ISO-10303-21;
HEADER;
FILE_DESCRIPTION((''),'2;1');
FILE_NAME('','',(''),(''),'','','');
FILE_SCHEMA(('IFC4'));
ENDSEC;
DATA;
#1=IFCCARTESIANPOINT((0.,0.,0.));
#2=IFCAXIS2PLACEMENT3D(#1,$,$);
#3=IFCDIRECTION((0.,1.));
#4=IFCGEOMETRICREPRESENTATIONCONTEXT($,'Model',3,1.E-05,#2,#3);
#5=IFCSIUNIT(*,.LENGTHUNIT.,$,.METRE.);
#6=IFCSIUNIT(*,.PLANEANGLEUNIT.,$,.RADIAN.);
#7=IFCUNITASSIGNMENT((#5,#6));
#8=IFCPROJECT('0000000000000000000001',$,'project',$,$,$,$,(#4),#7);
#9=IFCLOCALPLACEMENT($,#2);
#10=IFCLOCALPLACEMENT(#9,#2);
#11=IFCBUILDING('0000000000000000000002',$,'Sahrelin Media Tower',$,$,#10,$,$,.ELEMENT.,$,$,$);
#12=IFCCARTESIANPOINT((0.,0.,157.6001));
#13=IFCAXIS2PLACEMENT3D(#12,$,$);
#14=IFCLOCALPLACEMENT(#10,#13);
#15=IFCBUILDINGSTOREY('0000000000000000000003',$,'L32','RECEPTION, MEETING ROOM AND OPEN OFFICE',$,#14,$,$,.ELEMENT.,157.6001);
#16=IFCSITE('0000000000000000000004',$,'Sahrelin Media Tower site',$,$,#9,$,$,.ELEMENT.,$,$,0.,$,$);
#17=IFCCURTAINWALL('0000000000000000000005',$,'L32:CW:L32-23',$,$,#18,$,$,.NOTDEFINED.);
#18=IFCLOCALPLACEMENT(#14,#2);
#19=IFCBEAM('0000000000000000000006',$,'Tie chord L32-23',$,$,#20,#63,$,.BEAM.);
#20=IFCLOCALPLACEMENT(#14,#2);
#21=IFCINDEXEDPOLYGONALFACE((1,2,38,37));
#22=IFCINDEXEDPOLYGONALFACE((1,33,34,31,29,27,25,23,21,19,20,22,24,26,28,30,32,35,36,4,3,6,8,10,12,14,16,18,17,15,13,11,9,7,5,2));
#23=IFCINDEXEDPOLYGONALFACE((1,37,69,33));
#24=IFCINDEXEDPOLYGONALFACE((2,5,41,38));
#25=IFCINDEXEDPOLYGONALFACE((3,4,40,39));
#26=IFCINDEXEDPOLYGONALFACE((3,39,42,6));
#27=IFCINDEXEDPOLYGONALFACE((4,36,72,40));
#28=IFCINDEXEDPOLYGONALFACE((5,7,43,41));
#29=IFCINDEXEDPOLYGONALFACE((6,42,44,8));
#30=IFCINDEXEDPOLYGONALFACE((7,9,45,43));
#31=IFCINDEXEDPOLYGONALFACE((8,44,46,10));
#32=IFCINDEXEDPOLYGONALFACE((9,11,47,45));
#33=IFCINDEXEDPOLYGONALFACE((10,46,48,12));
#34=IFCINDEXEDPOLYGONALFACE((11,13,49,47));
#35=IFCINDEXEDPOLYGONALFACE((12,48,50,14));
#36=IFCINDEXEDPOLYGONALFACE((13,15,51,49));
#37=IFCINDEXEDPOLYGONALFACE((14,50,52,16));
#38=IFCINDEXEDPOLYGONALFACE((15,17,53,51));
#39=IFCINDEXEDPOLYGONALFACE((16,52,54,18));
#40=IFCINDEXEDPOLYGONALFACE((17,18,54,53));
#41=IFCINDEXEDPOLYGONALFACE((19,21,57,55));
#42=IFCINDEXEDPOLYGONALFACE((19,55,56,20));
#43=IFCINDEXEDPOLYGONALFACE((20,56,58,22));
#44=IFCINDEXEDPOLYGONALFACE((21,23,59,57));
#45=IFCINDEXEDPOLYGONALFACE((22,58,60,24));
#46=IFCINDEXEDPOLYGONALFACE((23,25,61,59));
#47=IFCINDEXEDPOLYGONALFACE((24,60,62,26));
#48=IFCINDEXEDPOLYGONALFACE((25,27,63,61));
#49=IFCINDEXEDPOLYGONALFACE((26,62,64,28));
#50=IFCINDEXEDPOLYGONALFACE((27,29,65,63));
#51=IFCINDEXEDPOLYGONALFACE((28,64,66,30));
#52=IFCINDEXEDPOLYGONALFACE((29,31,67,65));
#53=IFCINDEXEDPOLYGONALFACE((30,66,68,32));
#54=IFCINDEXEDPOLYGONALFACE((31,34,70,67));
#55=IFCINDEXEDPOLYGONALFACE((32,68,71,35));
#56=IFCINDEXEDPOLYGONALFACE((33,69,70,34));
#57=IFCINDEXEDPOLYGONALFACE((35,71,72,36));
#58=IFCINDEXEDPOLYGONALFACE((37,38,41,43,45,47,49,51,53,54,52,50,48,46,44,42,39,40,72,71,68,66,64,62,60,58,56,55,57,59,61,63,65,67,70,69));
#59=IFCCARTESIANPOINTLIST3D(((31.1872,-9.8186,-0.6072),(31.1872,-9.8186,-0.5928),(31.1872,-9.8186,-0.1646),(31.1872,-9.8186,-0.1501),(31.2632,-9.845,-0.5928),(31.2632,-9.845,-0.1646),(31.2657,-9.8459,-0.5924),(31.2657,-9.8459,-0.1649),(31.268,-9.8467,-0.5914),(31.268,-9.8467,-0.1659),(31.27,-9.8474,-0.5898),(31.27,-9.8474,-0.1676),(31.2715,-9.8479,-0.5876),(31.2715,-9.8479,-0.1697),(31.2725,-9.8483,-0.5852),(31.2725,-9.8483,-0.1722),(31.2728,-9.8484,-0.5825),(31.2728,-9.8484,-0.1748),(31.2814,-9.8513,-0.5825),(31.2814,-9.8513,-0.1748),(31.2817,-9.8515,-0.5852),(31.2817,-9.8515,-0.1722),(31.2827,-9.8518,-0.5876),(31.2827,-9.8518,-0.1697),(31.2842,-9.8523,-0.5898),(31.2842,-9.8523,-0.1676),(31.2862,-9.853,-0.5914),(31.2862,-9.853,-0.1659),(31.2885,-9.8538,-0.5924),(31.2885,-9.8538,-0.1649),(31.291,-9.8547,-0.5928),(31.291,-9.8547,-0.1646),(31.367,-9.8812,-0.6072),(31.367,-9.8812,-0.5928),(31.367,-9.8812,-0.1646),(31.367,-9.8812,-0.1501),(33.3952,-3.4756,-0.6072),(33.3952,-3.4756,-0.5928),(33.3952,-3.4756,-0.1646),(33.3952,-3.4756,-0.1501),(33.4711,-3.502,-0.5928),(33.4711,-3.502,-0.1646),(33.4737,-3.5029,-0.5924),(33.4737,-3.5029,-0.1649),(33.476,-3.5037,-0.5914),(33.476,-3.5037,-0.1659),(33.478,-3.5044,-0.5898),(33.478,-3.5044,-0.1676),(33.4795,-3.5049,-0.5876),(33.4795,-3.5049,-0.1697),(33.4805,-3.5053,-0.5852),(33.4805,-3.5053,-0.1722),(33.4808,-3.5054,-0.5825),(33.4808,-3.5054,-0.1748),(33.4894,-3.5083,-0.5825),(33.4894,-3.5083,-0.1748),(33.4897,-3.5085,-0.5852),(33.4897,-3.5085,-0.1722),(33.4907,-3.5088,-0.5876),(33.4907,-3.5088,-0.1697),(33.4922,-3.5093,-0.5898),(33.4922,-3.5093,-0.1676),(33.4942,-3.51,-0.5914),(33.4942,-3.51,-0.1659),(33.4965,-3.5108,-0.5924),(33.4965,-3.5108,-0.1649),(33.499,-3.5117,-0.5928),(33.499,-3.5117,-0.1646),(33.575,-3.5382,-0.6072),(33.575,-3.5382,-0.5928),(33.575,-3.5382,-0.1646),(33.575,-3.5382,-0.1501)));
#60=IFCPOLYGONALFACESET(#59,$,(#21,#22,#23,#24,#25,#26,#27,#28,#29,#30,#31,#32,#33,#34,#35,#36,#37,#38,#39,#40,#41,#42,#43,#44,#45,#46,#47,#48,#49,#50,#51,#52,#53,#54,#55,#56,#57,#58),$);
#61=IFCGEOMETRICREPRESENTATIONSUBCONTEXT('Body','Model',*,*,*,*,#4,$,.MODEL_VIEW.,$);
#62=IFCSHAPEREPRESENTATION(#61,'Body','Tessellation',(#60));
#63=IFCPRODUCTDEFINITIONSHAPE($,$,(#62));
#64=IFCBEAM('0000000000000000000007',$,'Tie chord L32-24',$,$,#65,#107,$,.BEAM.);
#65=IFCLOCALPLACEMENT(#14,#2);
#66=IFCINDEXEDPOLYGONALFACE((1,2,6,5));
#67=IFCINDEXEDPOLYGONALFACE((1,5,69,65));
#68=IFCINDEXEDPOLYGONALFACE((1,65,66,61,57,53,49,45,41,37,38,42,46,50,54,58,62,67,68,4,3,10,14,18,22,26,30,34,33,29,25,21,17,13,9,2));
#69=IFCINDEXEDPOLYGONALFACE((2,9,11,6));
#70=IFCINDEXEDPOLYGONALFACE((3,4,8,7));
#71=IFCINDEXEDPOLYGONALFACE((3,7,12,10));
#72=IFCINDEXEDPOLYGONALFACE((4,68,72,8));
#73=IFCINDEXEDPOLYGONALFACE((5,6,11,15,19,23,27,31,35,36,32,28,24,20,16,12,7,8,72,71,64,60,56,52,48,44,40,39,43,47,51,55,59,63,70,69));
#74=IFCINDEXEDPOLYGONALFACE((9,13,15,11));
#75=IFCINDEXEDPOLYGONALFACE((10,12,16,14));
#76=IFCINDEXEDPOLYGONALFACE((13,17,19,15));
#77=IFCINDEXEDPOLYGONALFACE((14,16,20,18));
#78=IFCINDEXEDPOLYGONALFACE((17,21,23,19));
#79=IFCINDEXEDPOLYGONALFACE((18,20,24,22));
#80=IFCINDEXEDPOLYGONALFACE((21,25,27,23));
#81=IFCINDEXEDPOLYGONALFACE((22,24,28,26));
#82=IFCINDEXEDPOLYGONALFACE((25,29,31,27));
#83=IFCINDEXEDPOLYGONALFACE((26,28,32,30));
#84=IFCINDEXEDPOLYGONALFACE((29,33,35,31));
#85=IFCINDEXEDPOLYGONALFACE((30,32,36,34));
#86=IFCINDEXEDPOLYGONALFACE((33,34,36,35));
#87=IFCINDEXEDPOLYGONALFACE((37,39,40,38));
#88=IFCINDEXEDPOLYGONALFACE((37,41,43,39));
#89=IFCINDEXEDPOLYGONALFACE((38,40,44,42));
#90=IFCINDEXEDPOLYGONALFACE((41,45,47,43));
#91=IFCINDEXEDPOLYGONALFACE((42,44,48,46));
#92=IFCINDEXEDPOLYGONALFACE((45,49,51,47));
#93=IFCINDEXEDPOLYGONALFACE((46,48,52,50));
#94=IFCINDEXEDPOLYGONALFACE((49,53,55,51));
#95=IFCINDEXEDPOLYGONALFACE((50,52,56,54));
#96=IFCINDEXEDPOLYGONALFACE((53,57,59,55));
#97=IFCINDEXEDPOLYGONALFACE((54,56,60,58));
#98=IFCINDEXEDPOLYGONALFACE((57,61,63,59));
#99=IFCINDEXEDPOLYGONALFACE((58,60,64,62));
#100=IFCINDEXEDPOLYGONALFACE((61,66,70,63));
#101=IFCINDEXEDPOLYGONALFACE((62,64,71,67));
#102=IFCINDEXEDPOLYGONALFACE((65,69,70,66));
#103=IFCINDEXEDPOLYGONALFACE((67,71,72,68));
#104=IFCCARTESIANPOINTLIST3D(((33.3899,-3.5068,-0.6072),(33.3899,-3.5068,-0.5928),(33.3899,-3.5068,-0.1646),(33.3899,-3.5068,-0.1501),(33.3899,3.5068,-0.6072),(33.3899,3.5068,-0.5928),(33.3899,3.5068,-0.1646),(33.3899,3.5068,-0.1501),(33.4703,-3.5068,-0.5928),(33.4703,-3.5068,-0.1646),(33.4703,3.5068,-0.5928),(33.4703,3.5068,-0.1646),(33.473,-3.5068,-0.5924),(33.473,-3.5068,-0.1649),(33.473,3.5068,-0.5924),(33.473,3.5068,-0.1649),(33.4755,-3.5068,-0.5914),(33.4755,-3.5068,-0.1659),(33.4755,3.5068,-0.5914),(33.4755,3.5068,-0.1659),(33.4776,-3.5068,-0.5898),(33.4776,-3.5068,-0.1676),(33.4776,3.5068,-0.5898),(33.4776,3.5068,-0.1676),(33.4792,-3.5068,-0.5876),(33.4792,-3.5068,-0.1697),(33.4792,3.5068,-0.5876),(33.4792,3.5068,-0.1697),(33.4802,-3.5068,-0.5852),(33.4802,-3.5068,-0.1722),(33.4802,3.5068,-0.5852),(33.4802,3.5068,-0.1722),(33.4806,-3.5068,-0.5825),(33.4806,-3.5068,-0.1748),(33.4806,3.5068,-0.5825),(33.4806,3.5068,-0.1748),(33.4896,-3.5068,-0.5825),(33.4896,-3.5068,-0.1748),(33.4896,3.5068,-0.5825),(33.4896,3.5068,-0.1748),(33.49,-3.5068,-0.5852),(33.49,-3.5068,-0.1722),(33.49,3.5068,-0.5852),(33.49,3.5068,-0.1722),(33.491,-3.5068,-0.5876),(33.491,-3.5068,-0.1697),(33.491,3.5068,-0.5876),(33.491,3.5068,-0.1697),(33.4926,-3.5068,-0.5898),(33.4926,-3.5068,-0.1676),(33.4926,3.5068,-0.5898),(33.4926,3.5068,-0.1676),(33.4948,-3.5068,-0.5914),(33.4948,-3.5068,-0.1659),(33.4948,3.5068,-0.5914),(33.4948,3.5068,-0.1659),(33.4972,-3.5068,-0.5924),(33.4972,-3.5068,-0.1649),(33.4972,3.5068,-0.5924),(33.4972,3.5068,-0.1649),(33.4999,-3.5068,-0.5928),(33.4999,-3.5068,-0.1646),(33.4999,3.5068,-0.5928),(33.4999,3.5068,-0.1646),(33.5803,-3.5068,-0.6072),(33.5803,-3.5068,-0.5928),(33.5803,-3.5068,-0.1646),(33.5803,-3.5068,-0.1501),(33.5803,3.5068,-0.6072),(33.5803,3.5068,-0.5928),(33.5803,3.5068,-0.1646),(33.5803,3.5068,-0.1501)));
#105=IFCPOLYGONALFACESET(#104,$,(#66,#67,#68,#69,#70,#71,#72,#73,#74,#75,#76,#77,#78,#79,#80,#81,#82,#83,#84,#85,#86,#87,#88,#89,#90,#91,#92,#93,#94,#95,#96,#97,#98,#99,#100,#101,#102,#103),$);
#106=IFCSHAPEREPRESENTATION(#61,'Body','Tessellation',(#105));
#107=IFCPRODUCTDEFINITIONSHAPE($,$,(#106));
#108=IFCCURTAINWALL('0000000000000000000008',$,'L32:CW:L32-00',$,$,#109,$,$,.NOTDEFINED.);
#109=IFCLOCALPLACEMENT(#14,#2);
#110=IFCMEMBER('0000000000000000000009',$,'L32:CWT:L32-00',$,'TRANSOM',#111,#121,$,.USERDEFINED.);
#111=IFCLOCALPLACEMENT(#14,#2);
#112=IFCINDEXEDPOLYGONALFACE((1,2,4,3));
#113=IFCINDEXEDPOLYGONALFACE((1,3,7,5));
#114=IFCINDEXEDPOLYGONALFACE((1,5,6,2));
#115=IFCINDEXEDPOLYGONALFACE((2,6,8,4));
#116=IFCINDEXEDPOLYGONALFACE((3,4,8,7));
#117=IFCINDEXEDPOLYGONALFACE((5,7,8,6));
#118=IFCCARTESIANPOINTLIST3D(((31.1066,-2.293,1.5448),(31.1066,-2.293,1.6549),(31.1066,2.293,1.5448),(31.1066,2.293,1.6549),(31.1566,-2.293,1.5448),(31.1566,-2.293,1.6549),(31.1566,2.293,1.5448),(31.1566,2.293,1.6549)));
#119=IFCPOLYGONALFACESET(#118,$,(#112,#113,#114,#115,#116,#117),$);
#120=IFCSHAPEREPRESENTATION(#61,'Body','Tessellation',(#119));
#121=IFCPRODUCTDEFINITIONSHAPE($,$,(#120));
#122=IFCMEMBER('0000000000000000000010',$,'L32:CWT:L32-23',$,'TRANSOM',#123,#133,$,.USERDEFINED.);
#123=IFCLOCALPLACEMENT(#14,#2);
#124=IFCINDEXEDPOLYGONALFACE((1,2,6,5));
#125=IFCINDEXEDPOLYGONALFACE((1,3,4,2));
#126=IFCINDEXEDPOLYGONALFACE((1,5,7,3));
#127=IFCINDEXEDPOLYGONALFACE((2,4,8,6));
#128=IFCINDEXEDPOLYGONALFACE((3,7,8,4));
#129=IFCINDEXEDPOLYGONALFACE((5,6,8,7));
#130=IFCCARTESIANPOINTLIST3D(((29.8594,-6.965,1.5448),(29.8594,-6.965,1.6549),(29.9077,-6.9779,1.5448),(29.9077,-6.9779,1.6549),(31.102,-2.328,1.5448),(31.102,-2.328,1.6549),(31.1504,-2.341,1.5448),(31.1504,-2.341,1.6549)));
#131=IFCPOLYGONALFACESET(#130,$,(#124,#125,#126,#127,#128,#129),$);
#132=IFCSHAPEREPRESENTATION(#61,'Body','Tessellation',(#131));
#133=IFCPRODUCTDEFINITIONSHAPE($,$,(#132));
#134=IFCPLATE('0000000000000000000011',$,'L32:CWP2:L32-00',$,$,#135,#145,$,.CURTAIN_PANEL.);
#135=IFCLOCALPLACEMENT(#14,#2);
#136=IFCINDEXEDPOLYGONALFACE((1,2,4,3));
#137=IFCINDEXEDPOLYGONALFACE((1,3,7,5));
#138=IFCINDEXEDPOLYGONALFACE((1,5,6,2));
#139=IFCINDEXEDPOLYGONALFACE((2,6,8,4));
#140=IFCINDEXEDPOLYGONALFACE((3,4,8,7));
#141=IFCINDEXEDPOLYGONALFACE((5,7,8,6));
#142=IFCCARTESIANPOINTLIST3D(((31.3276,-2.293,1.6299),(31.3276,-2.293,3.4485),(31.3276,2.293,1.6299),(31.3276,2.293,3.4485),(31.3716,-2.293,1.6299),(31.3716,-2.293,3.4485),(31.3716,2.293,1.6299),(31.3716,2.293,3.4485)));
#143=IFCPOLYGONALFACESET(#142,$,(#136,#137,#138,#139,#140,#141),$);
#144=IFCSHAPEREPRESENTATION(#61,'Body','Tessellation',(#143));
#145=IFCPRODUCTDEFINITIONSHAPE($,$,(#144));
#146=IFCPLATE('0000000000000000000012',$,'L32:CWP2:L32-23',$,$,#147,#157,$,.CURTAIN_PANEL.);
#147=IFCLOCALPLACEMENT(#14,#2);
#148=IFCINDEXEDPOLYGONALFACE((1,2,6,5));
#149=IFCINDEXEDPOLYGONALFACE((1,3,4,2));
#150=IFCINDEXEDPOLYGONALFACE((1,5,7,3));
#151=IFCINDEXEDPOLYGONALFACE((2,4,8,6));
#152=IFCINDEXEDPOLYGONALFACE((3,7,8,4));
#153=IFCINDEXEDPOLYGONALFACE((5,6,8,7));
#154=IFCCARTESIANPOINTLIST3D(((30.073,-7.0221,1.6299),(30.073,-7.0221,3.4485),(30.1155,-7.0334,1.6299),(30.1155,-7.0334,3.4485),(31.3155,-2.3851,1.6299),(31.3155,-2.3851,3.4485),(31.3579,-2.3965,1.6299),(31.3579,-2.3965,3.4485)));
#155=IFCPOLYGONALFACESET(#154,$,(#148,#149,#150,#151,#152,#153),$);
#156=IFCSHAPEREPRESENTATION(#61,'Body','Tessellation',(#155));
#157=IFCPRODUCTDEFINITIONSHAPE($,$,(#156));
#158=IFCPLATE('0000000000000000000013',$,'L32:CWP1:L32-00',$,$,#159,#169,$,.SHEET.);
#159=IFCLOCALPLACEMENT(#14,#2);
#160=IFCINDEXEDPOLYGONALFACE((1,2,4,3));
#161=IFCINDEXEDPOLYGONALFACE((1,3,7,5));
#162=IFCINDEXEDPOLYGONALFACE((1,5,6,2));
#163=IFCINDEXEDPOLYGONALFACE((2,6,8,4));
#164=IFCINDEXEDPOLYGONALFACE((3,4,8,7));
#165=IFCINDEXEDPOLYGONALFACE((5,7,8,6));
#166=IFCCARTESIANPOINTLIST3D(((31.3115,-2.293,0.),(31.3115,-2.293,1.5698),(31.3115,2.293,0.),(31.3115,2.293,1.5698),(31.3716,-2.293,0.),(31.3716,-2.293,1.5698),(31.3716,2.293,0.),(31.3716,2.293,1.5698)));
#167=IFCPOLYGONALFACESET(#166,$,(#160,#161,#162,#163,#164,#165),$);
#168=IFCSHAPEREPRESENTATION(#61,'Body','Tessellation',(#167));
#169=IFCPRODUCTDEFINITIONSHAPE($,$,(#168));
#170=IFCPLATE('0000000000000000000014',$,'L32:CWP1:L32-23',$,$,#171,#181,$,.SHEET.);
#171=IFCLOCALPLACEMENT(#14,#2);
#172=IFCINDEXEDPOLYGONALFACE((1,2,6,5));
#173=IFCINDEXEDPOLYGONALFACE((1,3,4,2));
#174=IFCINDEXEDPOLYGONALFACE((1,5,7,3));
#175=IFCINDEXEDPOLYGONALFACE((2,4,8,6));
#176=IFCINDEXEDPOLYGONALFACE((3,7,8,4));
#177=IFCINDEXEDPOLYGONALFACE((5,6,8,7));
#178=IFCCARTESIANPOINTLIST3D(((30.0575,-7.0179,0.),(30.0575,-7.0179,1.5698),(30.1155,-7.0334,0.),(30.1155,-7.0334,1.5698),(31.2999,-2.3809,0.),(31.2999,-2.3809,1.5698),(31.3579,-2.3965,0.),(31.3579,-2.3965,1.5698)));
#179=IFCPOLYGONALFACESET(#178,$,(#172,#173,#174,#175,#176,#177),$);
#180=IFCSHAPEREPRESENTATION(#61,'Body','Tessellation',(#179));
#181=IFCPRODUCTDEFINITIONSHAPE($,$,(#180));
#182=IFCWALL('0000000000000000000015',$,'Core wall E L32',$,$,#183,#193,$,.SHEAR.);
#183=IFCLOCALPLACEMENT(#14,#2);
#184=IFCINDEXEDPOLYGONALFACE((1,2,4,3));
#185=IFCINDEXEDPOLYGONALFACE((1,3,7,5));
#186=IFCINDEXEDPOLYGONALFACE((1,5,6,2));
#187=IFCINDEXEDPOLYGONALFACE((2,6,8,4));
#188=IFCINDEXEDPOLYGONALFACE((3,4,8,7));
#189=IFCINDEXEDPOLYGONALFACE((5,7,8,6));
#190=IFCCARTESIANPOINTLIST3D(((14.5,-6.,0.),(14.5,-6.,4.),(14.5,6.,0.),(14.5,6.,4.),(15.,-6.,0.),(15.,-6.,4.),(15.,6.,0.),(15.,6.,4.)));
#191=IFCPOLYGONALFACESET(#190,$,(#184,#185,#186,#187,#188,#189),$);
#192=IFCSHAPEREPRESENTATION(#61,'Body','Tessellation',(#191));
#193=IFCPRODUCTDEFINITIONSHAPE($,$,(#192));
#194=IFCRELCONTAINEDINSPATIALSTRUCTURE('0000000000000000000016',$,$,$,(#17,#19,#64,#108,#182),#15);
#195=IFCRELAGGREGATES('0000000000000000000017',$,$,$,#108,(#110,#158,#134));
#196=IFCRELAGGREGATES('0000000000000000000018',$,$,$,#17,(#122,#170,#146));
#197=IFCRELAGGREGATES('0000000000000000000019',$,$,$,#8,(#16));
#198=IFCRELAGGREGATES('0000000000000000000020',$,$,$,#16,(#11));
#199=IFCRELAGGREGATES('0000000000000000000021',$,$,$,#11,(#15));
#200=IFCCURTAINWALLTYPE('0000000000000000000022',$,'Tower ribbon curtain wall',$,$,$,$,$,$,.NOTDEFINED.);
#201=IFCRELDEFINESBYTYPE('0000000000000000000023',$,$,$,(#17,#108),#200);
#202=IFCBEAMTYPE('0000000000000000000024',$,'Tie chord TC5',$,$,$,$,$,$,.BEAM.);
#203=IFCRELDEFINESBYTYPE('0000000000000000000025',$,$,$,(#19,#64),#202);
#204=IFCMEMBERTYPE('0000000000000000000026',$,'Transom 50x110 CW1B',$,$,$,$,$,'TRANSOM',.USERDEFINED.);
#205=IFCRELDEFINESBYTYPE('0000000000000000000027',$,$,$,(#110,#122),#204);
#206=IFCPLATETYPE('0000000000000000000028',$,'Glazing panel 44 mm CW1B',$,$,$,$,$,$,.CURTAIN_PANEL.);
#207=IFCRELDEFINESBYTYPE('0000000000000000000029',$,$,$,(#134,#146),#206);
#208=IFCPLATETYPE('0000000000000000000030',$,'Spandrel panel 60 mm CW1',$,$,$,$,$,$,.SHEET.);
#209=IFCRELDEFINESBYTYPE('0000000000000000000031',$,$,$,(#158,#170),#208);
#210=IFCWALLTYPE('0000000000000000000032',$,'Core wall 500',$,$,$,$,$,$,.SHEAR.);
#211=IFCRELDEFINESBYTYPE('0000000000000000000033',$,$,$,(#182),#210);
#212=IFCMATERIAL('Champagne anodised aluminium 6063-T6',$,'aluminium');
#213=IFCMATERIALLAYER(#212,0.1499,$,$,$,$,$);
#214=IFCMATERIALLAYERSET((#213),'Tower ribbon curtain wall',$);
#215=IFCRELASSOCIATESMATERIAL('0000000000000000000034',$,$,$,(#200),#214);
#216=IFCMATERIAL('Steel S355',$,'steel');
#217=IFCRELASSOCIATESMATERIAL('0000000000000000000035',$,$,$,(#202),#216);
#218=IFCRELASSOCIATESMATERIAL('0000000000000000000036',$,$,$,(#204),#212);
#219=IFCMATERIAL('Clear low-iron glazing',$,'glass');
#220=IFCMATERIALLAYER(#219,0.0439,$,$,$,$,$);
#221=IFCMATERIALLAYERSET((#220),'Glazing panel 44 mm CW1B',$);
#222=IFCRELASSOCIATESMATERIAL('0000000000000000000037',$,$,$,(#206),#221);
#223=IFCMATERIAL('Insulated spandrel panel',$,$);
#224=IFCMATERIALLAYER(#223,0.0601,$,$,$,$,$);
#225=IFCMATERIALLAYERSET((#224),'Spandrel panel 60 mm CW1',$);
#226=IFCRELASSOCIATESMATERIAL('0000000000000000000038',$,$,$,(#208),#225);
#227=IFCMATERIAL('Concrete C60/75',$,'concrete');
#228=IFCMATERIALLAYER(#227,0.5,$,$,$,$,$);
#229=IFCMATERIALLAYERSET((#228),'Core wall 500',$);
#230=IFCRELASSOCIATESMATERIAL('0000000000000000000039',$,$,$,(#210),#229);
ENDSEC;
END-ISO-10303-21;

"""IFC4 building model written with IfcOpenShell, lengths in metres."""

from ifc_helpers import new_model, si_unit, direction, frame, frame_2d, origin, origin_2d, place, context, subcontext, project, spatial, polyline, rectangle, i_section, outline, extrude, material, layer, layer_set, material_profile, profile_set, type_object, element, aggregate, save


model = new_model("IFC4")

# Units and contexts
model_context = context("Model", 3, precision=1e-05, world=origin(), true_north=direction((0.0, 1.0)))
body_context = subcontext(model_context, "Body", "Model", "MODEL_VIEW")
ifc_project = project(units=[si_unit("LENGTHUNIT", "METRE"), si_unit("PLANEANGLEUNIT", "RADIAN")], contexts=[model_context])

# Site, building, storey
site_placement = place(None, origin())
site = spatial("IfcSite", under=ifc_project, at=site_placement, Name="Sahrelin Media Tower site", CompositionType="ELEMENT", RefElevation=0.0)
building_placement = place(site_placement, origin())
building = spatial("IfcBuilding", under=site, at=building_placement, Name="Sahrelin Media Tower", CompositionType="ELEMENT")
storey_placement = place(building_placement, frame((0.0, 0.0, 157.6001)))
storey = spatial("IfcBuildingStorey", under=building, at=storey_placement, Name="L32", Description="RECEPTION, MEETING ROOM AND OPEN OFFICE", CompositionType="ELEMENT", Elevation=157.6001)

# Shared definitions
ifc_material_1 = material(Name="Steel S355", Category="steel")

# Curtain wall
ifc_material_2 = material(Name="Champagne anodised aluminium 6063-T6", Category="aluminium")
ifc_layer_1 = layer(ifc_material_2, 0.1499)
ifc_layer_set_1 = layer_set([ifc_layer_1], Name="Tower ribbon curtain wall")
curtain_wall_type = type_object("IfcCurtainWallType", Name="Tower ribbon curtain wall", PredefinedType="NOTDEFINED", material=ifc_layer_set_1)
curtain_wall_1_placement = place(storey_placement, frame((30.7173, -4.7097, 0.0), z_axis=(0.0, 0.0, 1.0), x_axis=(1.0, 0.0, 0.0)))
curtain_wall_1 = element("IfcCurtainWall", 1, at=curtain_wall_1_placement, inside=storey, type_object=curtain_wall_type, Name="L32:CW:L32-23", PredefinedType="NOTDEFINED")

# Beams
ifc_material_profile_1 = material_profile(ifc_material_1, i_section(OverallWidth=0.1904, OverallDepth=0.457, WebThickness=0.009, FlangeThickness=0.0144, FilletRadius=0.0103, at=origin_2d()), Name="UB 457x191x74")
ifc_profile_set_1 = profile_set([ifc_material_profile_1], Name="Steel S355")
beam_type_1 = type_object("IfcBeamType", Name="Tie chord TC5", PredefinedType="BEAM", material=ifc_profile_set_1)
beam_1_placement = place(storey_placement, frame((31.2771, -9.8499, -0.3787), z_axis=(0.328752, 0.944416, 0.0), x_axis=(-0.944416, 0.328752, 0.0)))
element("IfcBeam", 2, at=beam_1_placement, inside=storey, type_object=beam_type_1, Name="Tie chord L32-23", PredefinedType="BEAM", context=body_context, shape_type="SweptSolid", body=[
    extrude(i_section(OverallWidth=0.1904, OverallDepth=0.457, WebThickness=0.009, FlangeThickness=0.0144, FilletRadius=0.0103, at=origin_2d()), origin(), (0.0, 0.0, 1.0), 6.7163),
])
beam_2_placement = place(storey_placement, frame((33.4851, -3.5068, -0.3787), z_axis=(0.0, 1.0, 0.0), x_axis=(-1.0, 0.0, 0.0)))
element("IfcBeam", 3, at=beam_2_placement, inside=storey, type_object=beam_type_1, Name="Tie chord L32-24", PredefinedType="BEAM", context=body_context, shape_type="SweptSolid", body=[
    extrude(i_section(OverallWidth=0.1904, OverallDepth=0.457, WebThickness=0.009, FlangeThickness=0.0144, FilletRadius=0.0103, at=origin_2d()), origin(), (0.0, 0.0, 1.0), 7.0137),
])

# Curtain wall, member
curtain_wall_2_placement = place(storey_placement, frame((31.3516, 0.0, 0.0), z_axis=(0.0, 0.0, 1.0), x_axis=(1.0, 0.0, 0.0)))
curtain_wall_2 = element("IfcCurtainWall", 4, at=curtain_wall_2_placement, inside=storey, type_object=curtain_wall_type, Name="L32:CW:L32-00", PredefinedType="NOTDEFINED")
ifc_material_profile_2 = material_profile(ifc_material_2, rectangle(XDim=0.05, YDim=0.1101, at=origin_2d()), Name="Transom 50x110")
ifc_profile_set_2 = profile_set([ifc_material_profile_2], Name="Champagne anodised aluminium 6063-T6")
member_type_1 = type_object("IfcMemberType", Name="Transom 50x110 CW1B", ElementType="TRANSOM", PredefinedType="USERDEFINED", material=ifc_profile_set_2)
member_1_placement = place(storey_placement, frame((31.1316, -2.293, 1.5999), z_axis=(0.0, 1.0, 0.0), x_axis=(-1.0, 0.0, 0.0)))
member_1 = element("IfcMember", 5, at=member_1_placement, type_object=member_type_1, Name="L32:CWT:L32-00", ObjectType="TRANSOM", PredefinedType="USERDEFINED", context=body_context, shape_type="SweptSolid", body=[
    extrude(rectangle(XDim=0.05, YDim=0.1101, at=origin_2d()), origin(), (0.0, 0.0, 1.0), 4.5859),
])

# Member
member_2_placement = place(storey_placement, frame((29.8835, -6.9714, 1.5999), z_axis=(0.258859, 0.965915, 0.0), x_axis=(-0.965915, 0.258859, 0.0)))
member_2 = element("IfcMember", 6, at=member_2_placement, type_object=member_type_1, Name="L32:CWT:L32-23", ObjectType="TRANSOM", PredefinedType="USERDEFINED", context=body_context, shape_type="SweptSolid", body=[
    extrude(rectangle(XDim=0.05, YDim=0.1101, at=origin_2d()), origin(), (0.0, 0.0, 1.0), 4.8005),
])

# Plates
ifc_material_3 = material(Name="Clear low-iron glazing", Category="glass")
ifc_layer_2 = layer(ifc_material_3, 0.0439)
ifc_layer_set_2 = layer_set([ifc_layer_2], Name="Glazing panel 44 mm CW1B")
plate_type_1 = type_object("IfcPlateType", Name="Glazing panel 44 mm CW1B", PredefinedType="CURTAIN_PANEL", material=ifc_layer_set_2)
plate_1_placement = place(storey_placement, frame((31.3716, -2.293, 1.6299), z_axis=(1.0, 0.0, 0.0), x_axis=(0.0, 1.0, 0.0)))
plate_1 = element("IfcPlate", 7, at=plate_1_placement, type_object=plate_type_1, Name="L32:CWP2:L32-00", PredefinedType="CURTAIN_PANEL", context=body_context, shape_type="SweptSolid", body=[
    extrude(outline(polyline([(0.0, 0.0), (4.5859, 0.0), (4.5859, 1.8186), (0.0, 1.8186), (0.0, 0.0)])), origin(), (0.0, 0.0, -1.0), 0.0439),
])
plate_2_placement = place(storey_placement, frame((30.1155, -7.0334, 1.6299), z_axis=(0.965928, -0.258811, 0.0), x_axis=(0.258811, 0.965928, 0.0)))
plate_2 = element("IfcPlate", 8, at=plate_2_placement, type_object=plate_type_1, Name="L32:CWP2:L32-23", PredefinedType="CURTAIN_PANEL", context=body_context, shape_type="SweptSolid", body=[
    extrude(outline(polyline([(0.0, 0.0), (4.8005, 0.0), (4.8005, 1.8186), (0.0, 1.8186), (0.0, 0.0)])), origin(), (0.0, 0.0, -1.0), 0.0439),
])
ifc_material_4 = material(Name="Insulated spandrel panel")
ifc_layer_3 = layer(ifc_material_4, 0.0601)
ifc_layer_set_3 = layer_set([ifc_layer_3], Name="Spandrel panel 60 mm CW1")
plate_type_2 = type_object("IfcPlateType", Name="Spandrel panel 60 mm CW1", PredefinedType="SHEET", material=ifc_layer_set_3)
plate_3_placement = place(storey_placement, frame((31.3716, -2.293, 0.0), z_axis=(1.0, 0.0, 0.0), x_axis=(0.0, 1.0, 0.0)))
plate_3 = element("IfcPlate", 9, at=plate_3_placement, type_object=plate_type_2, Name="L32:CWP1:L32-00", PredefinedType="SHEET", context=body_context, shape_type="SweptSolid", body=[
    extrude(outline(polyline([(0.0, 0.0), (4.5859, 0.0), (4.5859, 1.5698), (0.0, 1.5698), (0.0, 0.0)])), origin(), (0.0, 0.0, -1.0), 0.0601),
])
aggregate(curtain_wall_2, [member_1, plate_3, plate_1])
plate_4_placement = place(storey_placement, frame((30.1155, -7.0334, 0.0), z_axis=(0.965928, -0.258811, 0.0), x_axis=(0.258811, 0.965928, 0.0)))
plate_4 = element("IfcPlate", 10, at=plate_4_placement, type_object=plate_type_2, Name="L32:CWP1:L32-23", PredefinedType="SHEET", context=body_context, shape_type="SweptSolid", body=[
    extrude(outline(polyline([(0.0, 0.0), (4.8005, 0.0), (4.8005, 1.5698), (0.0, 1.5698), (0.0, 0.0)])), origin(), (0.0, 0.0, -1.0), 0.0601),
])
aggregate(curtain_wall_1, [member_2, plate_4, plate_2])

# Wall
ifc_material_5 = material(Name="Concrete C60/75", Category="concrete")
ifc_layer_4 = layer(ifc_material_5, 0.5)
ifc_layer_set_4 = layer_set([ifc_layer_4], Name="Core wall 500")
wall_type_1 = type_object("IfcWallType", Name="Core wall 500", PredefinedType="SHEAR", material=ifc_layer_set_4)
wall_1_placement = place(storey_placement, frame((14.75, -6.0, 0.0), z_axis=(0.0, 0.0, 1.0), x_axis=(0.0, 1.0, 0.0)))
element("IfcWall", 11, at=wall_1_placement, inside=storey, type_object=wall_type_1, Name="Core wall E L32", PredefinedType="SHEAR", context=body_context, shape_type="SweptSolid", body=[
    extrude(rectangle(XDim=12.0, YDim=0.5, at=frame_2d((6.0, 0.0))), origin(), (0.0, 0.0, 1.0), 4.0),
])

save(model, "model.ifc")
